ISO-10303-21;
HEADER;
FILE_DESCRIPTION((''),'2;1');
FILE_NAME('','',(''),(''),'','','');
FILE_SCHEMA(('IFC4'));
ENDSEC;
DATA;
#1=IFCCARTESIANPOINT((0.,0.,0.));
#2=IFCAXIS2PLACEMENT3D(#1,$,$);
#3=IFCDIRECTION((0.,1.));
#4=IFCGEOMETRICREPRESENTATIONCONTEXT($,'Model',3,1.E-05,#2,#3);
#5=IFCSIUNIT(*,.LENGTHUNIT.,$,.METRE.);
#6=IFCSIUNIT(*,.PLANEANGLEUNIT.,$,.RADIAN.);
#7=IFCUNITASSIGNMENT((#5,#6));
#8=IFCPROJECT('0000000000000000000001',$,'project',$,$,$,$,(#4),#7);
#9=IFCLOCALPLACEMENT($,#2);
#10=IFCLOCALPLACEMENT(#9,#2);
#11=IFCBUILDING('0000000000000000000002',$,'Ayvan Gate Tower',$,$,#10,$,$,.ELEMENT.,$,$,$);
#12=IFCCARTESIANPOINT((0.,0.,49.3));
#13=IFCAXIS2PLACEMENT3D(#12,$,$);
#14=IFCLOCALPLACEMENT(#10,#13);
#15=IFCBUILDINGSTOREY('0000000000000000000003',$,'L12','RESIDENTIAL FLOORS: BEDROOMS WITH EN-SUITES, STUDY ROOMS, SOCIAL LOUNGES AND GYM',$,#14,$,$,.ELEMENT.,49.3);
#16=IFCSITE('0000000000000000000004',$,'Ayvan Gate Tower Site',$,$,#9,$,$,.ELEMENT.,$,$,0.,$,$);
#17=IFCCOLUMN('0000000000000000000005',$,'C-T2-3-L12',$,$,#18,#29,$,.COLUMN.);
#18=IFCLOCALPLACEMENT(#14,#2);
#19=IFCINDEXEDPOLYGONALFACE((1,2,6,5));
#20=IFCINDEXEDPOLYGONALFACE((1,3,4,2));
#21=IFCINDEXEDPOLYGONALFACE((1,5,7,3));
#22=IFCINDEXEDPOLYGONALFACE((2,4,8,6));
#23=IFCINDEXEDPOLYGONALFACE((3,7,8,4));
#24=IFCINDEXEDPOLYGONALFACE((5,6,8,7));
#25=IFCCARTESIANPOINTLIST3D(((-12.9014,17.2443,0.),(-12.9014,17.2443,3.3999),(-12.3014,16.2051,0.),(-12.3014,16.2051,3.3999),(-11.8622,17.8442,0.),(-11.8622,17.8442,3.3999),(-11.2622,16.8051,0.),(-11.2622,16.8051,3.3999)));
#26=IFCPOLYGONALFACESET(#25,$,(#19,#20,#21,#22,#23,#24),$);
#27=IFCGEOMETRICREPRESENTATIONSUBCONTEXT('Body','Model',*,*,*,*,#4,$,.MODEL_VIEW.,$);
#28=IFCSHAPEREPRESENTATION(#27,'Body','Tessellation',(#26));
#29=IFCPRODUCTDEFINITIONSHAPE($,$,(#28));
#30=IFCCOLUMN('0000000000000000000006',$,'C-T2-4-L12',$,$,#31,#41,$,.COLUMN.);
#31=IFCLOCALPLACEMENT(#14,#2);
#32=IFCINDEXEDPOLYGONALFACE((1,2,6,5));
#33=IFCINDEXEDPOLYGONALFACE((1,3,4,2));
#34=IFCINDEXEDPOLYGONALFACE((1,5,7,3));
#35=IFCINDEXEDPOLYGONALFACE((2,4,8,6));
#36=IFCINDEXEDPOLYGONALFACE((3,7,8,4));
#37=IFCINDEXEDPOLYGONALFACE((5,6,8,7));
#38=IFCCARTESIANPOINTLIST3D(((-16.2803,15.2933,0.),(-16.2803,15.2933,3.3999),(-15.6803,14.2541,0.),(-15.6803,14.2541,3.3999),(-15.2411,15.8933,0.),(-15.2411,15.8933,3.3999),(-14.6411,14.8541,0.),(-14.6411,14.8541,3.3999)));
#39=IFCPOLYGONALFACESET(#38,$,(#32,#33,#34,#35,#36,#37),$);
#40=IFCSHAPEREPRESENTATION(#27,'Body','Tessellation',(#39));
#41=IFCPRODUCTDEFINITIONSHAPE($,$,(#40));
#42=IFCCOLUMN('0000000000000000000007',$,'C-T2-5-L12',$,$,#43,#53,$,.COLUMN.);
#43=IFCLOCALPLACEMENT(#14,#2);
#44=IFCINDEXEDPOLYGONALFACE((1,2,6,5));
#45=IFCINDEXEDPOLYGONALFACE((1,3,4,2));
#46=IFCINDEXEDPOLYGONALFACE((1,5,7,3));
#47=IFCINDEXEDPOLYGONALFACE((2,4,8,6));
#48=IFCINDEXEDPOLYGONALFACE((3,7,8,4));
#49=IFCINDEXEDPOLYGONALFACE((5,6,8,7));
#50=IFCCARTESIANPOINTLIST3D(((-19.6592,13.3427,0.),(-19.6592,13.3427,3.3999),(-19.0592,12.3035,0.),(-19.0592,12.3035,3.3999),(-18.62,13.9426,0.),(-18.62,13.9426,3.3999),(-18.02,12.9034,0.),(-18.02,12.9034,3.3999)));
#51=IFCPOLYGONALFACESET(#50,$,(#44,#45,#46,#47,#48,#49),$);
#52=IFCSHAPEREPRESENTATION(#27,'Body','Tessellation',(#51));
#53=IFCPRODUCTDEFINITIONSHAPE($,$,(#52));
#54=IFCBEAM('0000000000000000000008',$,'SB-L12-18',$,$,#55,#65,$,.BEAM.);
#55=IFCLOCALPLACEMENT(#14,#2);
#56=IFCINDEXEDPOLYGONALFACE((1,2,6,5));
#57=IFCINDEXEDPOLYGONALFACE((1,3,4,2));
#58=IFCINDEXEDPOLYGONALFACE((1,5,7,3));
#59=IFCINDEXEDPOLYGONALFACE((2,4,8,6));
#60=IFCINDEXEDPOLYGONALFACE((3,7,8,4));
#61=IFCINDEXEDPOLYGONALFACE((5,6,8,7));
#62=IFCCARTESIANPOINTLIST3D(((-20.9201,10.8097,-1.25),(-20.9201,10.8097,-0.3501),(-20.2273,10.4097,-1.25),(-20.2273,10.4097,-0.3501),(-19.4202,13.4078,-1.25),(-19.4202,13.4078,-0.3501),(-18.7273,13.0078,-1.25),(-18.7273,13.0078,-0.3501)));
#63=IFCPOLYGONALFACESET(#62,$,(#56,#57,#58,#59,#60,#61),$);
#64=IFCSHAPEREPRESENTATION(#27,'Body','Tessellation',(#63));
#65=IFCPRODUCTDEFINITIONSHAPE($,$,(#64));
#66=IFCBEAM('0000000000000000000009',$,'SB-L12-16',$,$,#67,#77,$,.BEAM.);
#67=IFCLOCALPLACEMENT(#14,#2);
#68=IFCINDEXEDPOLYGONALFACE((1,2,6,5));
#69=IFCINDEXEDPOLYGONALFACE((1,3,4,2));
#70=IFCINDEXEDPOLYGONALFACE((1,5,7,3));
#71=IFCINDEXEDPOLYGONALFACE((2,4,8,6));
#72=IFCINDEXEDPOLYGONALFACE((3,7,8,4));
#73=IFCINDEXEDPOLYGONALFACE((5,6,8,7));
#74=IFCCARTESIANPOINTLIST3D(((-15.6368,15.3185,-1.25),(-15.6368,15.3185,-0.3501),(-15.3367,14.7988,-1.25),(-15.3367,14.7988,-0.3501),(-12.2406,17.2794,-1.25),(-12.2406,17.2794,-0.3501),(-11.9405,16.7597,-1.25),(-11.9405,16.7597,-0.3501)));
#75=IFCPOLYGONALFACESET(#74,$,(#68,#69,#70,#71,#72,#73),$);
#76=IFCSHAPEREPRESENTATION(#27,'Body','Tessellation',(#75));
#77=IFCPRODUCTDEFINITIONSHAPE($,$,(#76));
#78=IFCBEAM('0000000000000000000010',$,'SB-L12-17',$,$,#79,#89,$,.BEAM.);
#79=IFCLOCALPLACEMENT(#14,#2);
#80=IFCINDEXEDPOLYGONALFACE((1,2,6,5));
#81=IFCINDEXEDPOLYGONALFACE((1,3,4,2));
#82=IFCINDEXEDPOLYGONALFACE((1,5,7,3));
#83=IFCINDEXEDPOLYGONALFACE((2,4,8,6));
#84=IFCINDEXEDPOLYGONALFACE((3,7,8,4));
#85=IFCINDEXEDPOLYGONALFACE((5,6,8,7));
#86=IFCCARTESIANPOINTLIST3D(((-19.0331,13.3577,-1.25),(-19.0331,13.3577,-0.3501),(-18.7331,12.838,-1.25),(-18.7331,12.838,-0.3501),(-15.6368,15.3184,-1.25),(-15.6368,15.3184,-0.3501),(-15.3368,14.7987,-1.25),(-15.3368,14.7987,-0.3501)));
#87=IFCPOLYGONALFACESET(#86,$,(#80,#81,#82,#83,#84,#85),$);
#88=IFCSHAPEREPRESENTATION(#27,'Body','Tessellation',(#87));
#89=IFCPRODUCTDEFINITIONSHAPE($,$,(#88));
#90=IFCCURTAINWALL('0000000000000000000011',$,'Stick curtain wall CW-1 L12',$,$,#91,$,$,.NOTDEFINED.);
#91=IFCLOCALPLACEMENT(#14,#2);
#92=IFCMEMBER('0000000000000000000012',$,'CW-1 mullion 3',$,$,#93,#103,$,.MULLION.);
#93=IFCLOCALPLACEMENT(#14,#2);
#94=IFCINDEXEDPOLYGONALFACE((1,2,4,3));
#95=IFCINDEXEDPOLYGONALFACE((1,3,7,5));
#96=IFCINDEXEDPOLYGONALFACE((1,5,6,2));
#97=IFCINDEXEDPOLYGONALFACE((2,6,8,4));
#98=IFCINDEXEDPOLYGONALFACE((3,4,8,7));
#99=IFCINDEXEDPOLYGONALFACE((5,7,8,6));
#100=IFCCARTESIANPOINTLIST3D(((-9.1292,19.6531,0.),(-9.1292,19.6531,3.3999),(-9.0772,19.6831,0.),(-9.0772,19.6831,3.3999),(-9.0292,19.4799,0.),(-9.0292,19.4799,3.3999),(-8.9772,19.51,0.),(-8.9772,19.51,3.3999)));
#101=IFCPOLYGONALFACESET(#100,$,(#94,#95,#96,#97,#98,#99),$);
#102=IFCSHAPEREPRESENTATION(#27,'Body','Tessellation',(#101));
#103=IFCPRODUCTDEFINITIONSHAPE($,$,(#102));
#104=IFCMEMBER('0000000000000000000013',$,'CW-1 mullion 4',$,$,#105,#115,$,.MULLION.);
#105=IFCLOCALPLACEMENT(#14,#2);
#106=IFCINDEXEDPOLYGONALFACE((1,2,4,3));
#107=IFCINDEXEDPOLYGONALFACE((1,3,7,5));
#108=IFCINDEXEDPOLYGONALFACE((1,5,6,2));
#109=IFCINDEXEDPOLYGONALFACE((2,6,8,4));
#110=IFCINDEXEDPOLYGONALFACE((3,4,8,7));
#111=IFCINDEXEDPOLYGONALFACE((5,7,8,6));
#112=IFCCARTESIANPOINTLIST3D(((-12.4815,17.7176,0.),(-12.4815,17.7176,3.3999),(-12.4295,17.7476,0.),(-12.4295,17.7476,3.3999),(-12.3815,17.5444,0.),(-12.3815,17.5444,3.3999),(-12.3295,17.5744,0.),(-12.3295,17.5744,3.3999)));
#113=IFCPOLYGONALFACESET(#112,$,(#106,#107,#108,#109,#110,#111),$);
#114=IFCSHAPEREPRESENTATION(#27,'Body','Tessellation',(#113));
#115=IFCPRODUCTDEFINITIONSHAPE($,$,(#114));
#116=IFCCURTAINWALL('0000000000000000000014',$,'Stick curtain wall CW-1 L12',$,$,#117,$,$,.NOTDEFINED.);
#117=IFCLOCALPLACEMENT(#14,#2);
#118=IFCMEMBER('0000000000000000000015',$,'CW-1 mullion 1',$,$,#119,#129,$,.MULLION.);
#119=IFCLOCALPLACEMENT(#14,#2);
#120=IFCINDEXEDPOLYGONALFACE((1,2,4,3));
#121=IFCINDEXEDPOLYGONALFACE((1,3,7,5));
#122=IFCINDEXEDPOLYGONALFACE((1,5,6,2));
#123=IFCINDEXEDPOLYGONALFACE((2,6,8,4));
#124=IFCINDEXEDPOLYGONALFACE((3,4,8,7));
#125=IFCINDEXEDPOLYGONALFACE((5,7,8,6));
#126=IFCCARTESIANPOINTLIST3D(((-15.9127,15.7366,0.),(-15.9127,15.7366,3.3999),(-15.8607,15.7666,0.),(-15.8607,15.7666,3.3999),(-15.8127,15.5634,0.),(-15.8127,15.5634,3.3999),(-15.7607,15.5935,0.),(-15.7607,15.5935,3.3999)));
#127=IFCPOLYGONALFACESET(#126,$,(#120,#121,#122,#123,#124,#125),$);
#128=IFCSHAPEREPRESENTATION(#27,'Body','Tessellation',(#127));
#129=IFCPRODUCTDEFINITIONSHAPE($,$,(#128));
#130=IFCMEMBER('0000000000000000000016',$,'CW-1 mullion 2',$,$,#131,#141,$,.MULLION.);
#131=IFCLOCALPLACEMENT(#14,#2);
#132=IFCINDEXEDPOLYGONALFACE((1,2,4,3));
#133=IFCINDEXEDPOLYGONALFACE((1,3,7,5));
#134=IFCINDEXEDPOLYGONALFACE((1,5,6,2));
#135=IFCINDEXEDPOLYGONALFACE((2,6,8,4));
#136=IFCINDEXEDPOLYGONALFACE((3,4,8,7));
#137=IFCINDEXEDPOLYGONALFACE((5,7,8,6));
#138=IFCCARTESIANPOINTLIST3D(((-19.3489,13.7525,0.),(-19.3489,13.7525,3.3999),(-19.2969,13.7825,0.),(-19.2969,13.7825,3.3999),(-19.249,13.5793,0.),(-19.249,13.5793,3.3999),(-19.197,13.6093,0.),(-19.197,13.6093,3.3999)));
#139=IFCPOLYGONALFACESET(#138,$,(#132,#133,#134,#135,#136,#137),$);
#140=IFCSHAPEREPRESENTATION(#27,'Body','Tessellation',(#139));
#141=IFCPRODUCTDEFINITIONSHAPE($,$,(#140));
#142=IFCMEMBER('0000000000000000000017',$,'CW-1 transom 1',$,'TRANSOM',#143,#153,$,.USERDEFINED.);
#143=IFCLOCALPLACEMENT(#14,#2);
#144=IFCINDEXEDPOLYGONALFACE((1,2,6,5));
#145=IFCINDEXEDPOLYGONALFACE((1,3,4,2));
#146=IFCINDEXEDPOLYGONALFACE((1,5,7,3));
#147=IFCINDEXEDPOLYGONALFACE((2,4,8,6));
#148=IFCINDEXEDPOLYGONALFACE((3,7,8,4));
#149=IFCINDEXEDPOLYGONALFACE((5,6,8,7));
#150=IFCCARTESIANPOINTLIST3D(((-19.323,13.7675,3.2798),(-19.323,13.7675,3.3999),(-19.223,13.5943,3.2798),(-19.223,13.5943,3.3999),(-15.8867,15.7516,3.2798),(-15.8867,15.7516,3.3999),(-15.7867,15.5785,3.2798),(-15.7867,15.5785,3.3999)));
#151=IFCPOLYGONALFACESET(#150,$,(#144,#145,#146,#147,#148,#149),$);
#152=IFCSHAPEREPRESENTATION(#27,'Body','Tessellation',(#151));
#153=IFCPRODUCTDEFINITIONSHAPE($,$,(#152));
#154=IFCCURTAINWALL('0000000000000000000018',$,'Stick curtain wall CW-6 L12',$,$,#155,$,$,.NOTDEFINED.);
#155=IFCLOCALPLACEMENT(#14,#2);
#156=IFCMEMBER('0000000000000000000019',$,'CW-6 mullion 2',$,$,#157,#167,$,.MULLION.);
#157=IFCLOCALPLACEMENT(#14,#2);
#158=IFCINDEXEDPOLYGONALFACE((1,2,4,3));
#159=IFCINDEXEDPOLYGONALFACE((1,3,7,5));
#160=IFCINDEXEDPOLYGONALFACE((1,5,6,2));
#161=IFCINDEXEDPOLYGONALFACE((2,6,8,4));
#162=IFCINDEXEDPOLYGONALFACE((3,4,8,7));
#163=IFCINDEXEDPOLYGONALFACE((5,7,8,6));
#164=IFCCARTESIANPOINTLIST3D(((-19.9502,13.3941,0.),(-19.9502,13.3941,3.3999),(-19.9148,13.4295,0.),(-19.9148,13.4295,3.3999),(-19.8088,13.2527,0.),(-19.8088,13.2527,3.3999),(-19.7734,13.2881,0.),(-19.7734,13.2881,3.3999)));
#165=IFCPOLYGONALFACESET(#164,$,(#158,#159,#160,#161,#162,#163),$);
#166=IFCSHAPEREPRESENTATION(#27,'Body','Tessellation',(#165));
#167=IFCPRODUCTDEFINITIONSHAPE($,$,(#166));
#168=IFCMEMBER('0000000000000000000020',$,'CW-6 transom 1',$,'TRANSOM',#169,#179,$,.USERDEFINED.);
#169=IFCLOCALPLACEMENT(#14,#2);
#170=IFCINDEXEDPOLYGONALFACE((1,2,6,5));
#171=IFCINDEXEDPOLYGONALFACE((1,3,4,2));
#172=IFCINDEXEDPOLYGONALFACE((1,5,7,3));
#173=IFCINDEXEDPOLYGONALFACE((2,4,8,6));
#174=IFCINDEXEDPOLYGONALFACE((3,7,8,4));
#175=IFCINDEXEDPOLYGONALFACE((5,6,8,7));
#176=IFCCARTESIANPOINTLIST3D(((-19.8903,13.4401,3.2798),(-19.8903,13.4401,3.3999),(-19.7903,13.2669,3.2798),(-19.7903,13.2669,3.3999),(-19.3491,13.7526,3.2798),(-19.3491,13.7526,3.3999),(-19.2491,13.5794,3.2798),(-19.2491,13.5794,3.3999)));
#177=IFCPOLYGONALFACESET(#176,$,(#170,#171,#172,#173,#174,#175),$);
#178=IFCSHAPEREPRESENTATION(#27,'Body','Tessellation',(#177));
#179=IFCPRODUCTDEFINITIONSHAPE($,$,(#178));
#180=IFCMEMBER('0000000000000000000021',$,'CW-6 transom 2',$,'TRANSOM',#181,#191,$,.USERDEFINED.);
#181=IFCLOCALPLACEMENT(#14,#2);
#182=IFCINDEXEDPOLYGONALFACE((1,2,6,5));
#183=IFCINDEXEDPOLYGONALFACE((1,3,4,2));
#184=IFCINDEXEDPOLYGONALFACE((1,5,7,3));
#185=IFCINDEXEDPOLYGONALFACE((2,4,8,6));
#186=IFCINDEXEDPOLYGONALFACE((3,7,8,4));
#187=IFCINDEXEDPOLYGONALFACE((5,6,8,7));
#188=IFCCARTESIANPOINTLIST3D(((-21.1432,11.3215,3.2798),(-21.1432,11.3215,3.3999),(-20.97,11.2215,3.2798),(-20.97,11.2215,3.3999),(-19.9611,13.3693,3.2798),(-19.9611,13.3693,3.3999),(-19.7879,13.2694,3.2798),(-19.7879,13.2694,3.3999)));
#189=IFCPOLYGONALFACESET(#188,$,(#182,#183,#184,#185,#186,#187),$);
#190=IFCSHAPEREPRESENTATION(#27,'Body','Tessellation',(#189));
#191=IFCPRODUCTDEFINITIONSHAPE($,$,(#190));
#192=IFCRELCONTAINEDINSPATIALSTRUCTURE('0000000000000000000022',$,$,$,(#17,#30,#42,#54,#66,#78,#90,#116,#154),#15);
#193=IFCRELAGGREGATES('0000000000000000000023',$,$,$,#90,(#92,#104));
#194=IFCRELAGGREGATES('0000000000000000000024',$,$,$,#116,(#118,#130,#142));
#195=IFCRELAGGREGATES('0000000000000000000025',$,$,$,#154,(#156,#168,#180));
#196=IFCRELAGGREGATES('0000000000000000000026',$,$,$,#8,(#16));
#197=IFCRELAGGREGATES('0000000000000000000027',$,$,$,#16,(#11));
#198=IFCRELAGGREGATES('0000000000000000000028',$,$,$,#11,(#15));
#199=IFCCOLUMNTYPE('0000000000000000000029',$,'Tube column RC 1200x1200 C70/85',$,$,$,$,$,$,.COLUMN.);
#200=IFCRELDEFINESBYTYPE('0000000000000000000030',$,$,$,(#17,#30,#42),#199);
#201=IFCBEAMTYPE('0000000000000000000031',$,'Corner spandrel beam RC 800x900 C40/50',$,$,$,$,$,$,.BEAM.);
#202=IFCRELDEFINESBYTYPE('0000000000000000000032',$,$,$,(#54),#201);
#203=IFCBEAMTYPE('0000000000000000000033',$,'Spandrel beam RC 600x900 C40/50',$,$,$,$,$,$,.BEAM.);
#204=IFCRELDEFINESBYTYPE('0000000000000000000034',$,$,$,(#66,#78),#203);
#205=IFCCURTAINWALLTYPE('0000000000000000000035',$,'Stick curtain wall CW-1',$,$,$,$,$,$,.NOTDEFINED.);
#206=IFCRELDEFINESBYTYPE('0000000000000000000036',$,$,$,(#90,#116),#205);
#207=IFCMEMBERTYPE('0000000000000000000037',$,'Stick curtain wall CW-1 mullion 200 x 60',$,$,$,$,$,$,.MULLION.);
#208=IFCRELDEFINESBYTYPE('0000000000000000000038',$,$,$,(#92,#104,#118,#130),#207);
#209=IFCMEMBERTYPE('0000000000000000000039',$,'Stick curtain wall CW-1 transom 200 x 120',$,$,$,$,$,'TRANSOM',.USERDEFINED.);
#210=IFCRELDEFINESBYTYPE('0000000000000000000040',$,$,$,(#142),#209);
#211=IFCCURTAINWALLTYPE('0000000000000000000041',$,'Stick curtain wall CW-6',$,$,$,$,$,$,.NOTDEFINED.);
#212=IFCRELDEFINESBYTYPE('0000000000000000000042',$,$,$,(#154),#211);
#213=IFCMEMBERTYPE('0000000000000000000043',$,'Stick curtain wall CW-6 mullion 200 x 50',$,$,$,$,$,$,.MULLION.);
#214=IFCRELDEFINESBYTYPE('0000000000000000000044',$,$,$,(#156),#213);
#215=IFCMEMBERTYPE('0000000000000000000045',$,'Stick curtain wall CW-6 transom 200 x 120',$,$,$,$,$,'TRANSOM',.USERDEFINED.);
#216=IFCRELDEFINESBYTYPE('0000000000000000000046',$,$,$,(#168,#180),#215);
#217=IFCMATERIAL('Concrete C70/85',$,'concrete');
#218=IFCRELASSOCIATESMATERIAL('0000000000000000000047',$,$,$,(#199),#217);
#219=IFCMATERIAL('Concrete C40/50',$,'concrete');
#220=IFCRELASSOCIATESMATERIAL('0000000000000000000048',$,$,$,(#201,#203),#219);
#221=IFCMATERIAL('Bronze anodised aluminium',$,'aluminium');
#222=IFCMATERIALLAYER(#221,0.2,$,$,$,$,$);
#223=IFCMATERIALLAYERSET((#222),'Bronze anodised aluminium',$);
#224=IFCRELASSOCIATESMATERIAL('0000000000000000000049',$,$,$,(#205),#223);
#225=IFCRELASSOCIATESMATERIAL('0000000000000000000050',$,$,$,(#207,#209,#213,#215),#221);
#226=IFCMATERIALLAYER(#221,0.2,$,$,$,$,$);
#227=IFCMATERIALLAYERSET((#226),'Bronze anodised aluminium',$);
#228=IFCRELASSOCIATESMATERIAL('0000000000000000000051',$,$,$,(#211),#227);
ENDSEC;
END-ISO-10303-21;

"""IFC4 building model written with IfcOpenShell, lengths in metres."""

from ifc_helpers import new_model, si_unit, direction, frame, origin, origin_2d, place, context, subcontext, project, spatial, rectangle, extrude, material, layer, layer_set, material_profile, profile_set, type_object, element, aggregate, save


model = new_model("IFC4")

# Units and contexts
model_context = context("Model", 3, precision=1e-05, world=origin(), true_north=direction((0.0, 1.0)))
body_context = subcontext(model_context, "Body", "Model", "MODEL_VIEW")
ifc_project = project(units=[si_unit("LENGTHUNIT", "METRE"), si_unit("PLANEANGLEUNIT", "RADIAN")], contexts=[model_context])

# Site, building, storey
site_placement = place(None, origin())
site = spatial("IfcSite", under=ifc_project, at=site_placement, Name="Ayvan Gate Tower Site", CompositionType="ELEMENT", RefElevation=0.0)
building_placement = place(site_placement, origin())
building = spatial("IfcBuilding", under=site, at=building_placement, Name="Ayvan Gate Tower", CompositionType="ELEMENT")
storey_placement = place(building_placement, frame((0.0, 0.0, 49.3)))
storey = spatial("IfcBuildingStorey", under=building, at=storey_placement, Name="L12", Description="RESIDENTIAL FLOORS: BEDROOMS WITH EN-SUITES, STUDY ROOMS, SOCIAL LOUNGES AND GYM", CompositionType="ELEMENT", Elevation=49.3)

# Columns
ifc_material_1 = material(Name="Concrete C70/85", Category="concrete")
ifc_material_profile_1 = material_profile(ifc_material_1, rectangle(XDim=1.2, YDim=1.2, at=origin_2d()), Name="RC 1200x1200")
ifc_profile_set_1 = profile_set([ifc_material_profile_1], Name="Concrete C70/85")
column_type = type_object("IfcColumnType", Name="Tube column RC 1200x1200 C70/85", PredefinedType="COLUMN", material=ifc_profile_set_1)
for number, where, z_axis, x_axis, name in (
    (1, (-12.0818, 17.0247, 0.0), (0.0, 0.0, 1.0), (-0.5, 0.866025, 0.0), "C-T2-3-L12"),
    (2, (-15.4607, 15.0737, 0.0), (0.0, 0.0, 1.0), (-0.5, 0.866025, 0.0), "C-T2-4-L12"),
    (3, (-18.8396, 13.123, 0.0), (0.0, 0.0, 1.0), (-0.5, 0.866025, 0.0), "C-T2-5-L12"),
):
    element("IfcColumn", number, at=place(storey_placement, frame(where, z_axis=z_axis, x_axis=x_axis)), inside=storey, type_object=column_type, Name=name, PredefinedType="COLUMN", context=body_context, shape_type="SweptSolid", body=[
        extrude(rectangle(XDim=1.2, YDim=1.2, at=origin_2d()), origin(), (0.0, 0.0, 1.0), 3.3999),
    ])

# Beams
ifc_material_2 = material(Name="Concrete C40/50", Category="concrete")
ifc_material_profile_2 = material_profile(ifc_material_2, rectangle(XDim=0.8, YDim=0.8999, at=origin_2d()), Name="RC 800x900")
ifc_profile_set_2 = profile_set([ifc_material_profile_2], Name="Concrete C40/50")
beam_type_1 = type_object("IfcBeamType", Name="Corner spandrel beam RC 800x900 C40/50", PredefinedType="BEAM", material=ifc_profile_set_2)
beam_placement = place(storey_placement, frame((-19.0737, 13.2078, -0.8), z_axis=(-0.49999, -0.866031, 0.0), x_axis=(0.866031, -0.49999, 0.0)))
element("IfcBeam", 4, at=beam_placement, inside=storey, type_object=beam_type_1, Name="SB-L12-18", PredefinedType="BEAM", context=body_context, shape_type="SweptSolid", body=[
    extrude(rectangle(XDim=0.8, YDim=0.8999, at=origin_2d()), origin(), (0.0, 0.0, 1.0), 3.0),
])
ifc_material_profile_3 = material_profile(ifc_material_2, rectangle(XDim=0.6001, YDim=0.8999, at=origin_2d()), Name="RC 600x900")
ifc_profile_set_3 = profile_set([ifc_material_profile_3], Name="Concrete C40/50")
beam_type_2 = type_object("IfcBeamType", Name="Spandrel beam RC 600x900 C40/50", PredefinedType="BEAM", material=ifc_profile_set_3)
for number, where, z_axis, x_axis, name in (
    (5, (-12.0906, 17.0195, -0.8), (-0.866012, -0.500022, 0.0), (0.500022, -0.866012, 0.0), "SB-L12-16"),
    (6, (-15.4868, 15.0586, -0.8), (-0.866039, -0.499976, 0.0), (0.499976, -0.866039, 0.0), "SB-L12-17"),
):
    element("IfcBeam", number, at=place(storey_placement, frame(where, z_axis=z_axis, x_axis=x_axis)), inside=storey, type_object=beam_type_2, Name=name, PredefinedType="BEAM", context=body_context, shape_type="SweptSolid", body=[
        extrude(rectangle(XDim=0.6001, YDim=0.8999, at=origin_2d()), origin(), (0.0, 0.0, 1.0), 3.9216),
    ])

# Curtain walls, members
ifc_material_3 = material(Name="Bronze anodised aluminium", Category="aluminium")
ifc_layer_1 = layer(ifc_material_3, 0.2)
ifc_layer_set_1 = layer_set([ifc_layer_1], Name="Bronze anodised aluminium")
curtain_wall_type_1 = type_object("IfcCurtainWallType", Name="Stick curtain wall CW-1", PredefinedType="NOTDEFINED", material=ifc_layer_set_1)
curtain_wall_1_placement = place(storey_placement, origin())
curtain_wall_1 = element("IfcCurtainWall", 7, at=curtain_wall_1_placement, inside=storey, type_object=curtain_wall_type_1, Name="Stick curtain wall CW-1 L12", PredefinedType="NOTDEFINED")
ifc_material_profile_4 = material_profile(ifc_material_3, rectangle(XDim=0.2, YDim=0.0601, at=origin_2d()), Name="Stick curtain wall CW-1 mullion 200 x 60")
ifc_profile_set_4 = profile_set([ifc_material_profile_4], Name="Bronze anodised aluminium")
member_type_1 = type_object("IfcMemberType", Name="Stick curtain wall CW-1 mullion 200 x 60", PredefinedType="MULLION", material=ifc_profile_set_4)
member_1_placement = place(storey_placement, frame((-9.0532, 19.5815, 0.0), z_axis=(0.0, 0.0, 1.0), x_axis=(-0.5, 0.866025, 0.0)))
member_1 = element("IfcMember", 8, at=member_1_placement, type_object=member_type_1, Name="CW-1 mullion 3", PredefinedType="MULLION", context=body_context, shape_type="SweptSolid", body=[
    extrude(rectangle(XDim=0.2, YDim=0.0601, at=origin_2d()), origin(), (0.0, 0.0, 1.0), 3.3999),
])
member_2_placement = place(storey_placement, frame((-12.4055, 17.646, 0.0), z_axis=(0.0, 0.0, 1.0), x_axis=(-0.5, 0.866025, 0.0)))
member_2 = element("IfcMember", 9, at=member_2_placement, type_object=member_type_1, Name="CW-1 mullion 4", PredefinedType="MULLION", context=body_context, shape_type="SweptSolid", body=[
    extrude(rectangle(XDim=0.2, YDim=0.0601, at=origin_2d()), origin(), (0.0, 0.0, 1.0), 3.3999),
])
curtain_wall_2_placement = place(storey_placement, origin())
curtain_wall_2 = element("IfcCurtainWall", 10, at=curtain_wall_2_placement, inside=storey, type_object=curtain_wall_type_1, Name="Stick curtain wall CW-1 L12", PredefinedType="NOTDEFINED")
member_3_placement = place(storey_placement, frame((-15.8367, 15.665, 0.0), z_axis=(0.0, 0.0, 1.0), x_axis=(-0.5, 0.866025, 0.0)))
member_3 = element("IfcMember", 11, at=member_3_placement, type_object=member_type_1, Name="CW-1 mullion 1", PredefinedType="MULLION", context=body_context, shape_type="SweptSolid", body=[
    extrude(rectangle(XDim=0.2, YDim=0.0601, at=origin_2d()), origin(), (0.0, 0.0, 1.0), 3.3999),
])
member_4_placement = place(storey_placement, frame((-19.2729, 13.6809, 0.0), z_axis=(0.0, 0.0, 1.0), x_axis=(-0.5, 0.866025, 0.0)))
member_4 = element("IfcMember", 12, at=member_4_placement, type_object=member_type_1, Name="CW-1 mullion 2", PredefinedType="MULLION", context=body_context, shape_type="SweptSolid", body=[
    extrude(rectangle(XDim=0.2, YDim=0.0601, at=origin_2d()), origin(), (0.0, 0.0, 1.0), 3.3999),
])
ifc_material_profile_5 = material_profile(ifc_material_3, rectangle(XDim=0.2, YDim=0.1201, at=origin_2d()), Name="Stick curtain wall CW-1 transom 200 x 120")
ifc_profile_set_5 = profile_set([ifc_material_profile_5], Name="Bronze anodised aluminium")
member_type_2 = type_object("IfcMemberType", Name="Stick curtain wall CW-1 transom 200 x 120", ElementType="TRANSOM", PredefinedType="USERDEFINED", material=ifc_profile_set_5)
member_5_placement = place(storey_placement, frame((-15.8367, 15.665, 3.3398), z_axis=(-0.866004, -0.500037, 0.0), x_axis=(0.500037, -0.866004, 0.0)))
member_5 = element("IfcMember", 13, at=member_5_placement, type_object=member_type_2, Name="CW-1 transom 1", ObjectType="TRANSOM", PredefinedType="USERDEFINED", context=body_context, shape_type="SweptSolid", body=[
    extrude(rectangle(XDim=0.2, YDim=0.1201, at=origin_2d()), origin(), (0.0, 0.0, 1.0), 3.968),
])
ifc_layer_2 = layer(ifc_material_3, 0.2)
ifc_layer_set_2 = layer_set([ifc_layer_2], Name="Bronze anodised aluminium")
curtain_wall_type_2 = type_object("IfcCurtainWallType", Name="Stick curtain wall CW-6", PredefinedType="NOTDEFINED", material=ifc_layer_set_2)
curtain_wall_3_placement = place(storey_placement, origin())
curtain_wall_3 = element("IfcCurtainWall", 14, at=curtain_wall_3_placement, inside=storey, type_object=curtain_wall_type_2, Name="Stick curtain wall CW-6 L12", PredefinedType="NOTDEFINED")
ifc_material_profile_6 = material_profile(ifc_material_3, rectangle(XDim=0.2, YDim=0.05, at=origin_2d()), Name="Stick curtain wall CW-6 mullion 200 x 50")
ifc_profile_set_6 = profile_set([ifc_material_profile_6], Name="Bronze anodised aluminium")
member_type_3 = type_object("IfcMemberType", Name="Stick curtain wall CW-6 mullion 200 x 50", PredefinedType="MULLION", material=ifc_profile_set_6)
member_6_placement = place(storey_placement, frame((-19.8618, 13.3411, 0.0), z_axis=(0.0, 0.0, 1.0), x_axis=(-0.707107, 0.707107, 0.0)))
member_6 = element("IfcMember", 15, at=member_6_placement, type_object=member_type_3, Name="CW-6 mullion 2", PredefinedType="MULLION", context=body_context, shape_type="SweptSolid", body=[
    extrude(rectangle(XDim=0.2, YDim=0.05, at=origin_2d()), origin(), (0.0, 0.0, 1.0), 3.3999),
])
ifc_material_profile_7 = material_profile(ifc_material_3, rectangle(XDim=0.2, YDim=0.1201, at=origin_2d()), Name="Stick curtain wall CW-6 transom 200 x 120")
ifc_profile_set_7 = profile_set([ifc_material_profile_7], Name="Bronze anodised aluminium")
member_type_4 = type_object("IfcMemberType", Name="Stick curtain wall CW-6 transom 200 x 120", ElementType="TRANSOM", PredefinedType="USERDEFINED", material=ifc_profile_set_7)
member_7_placement = place(storey_placement, frame((-19.2991, 13.666, 3.3398), z_axis=(-0.866023, -0.500004, 0.0), x_axis=(0.500004, -0.866023, 0.0)))
member_7 = element("IfcMember", 16, at=member_7_placement, type_object=member_type_4, Name="CW-6 transom 1", ObjectType="TRANSOM", PredefinedType="USERDEFINED", context=body_context, shape_type="SweptSolid", body=[
    extrude(rectangle(XDim=0.2, YDim=0.1201, at=origin_2d()), origin(), (0.0, 0.0, 1.0), 0.625),
])
member_8_placement = place(storey_placement, frame((-19.8745, 13.3193, 3.3398), z_axis=(-0.499937, -0.866062, 0.0), x_axis=(0.866062, -0.499937, 0.0)))
member_8 = element("IfcMember", 17, at=member_8_placement, type_object=member_type_4, Name="CW-6 transom 2", ObjectType="TRANSOM", PredefinedType="USERDEFINED", context=body_context, shape_type="SweptSolid", body=[
    extrude(rectangle(XDim=0.2, YDim=0.1201, at=origin_2d()), origin(), (0.0, 0.0, 1.0), 2.3645),
])

aggregate(curtain_wall_1, [member_1, member_2])
aggregate(curtain_wall_2, [member_3, member_4, member_5])
aggregate(curtain_wall_3, [member_6, member_7, member_8])

save(model, "model.ifc")
